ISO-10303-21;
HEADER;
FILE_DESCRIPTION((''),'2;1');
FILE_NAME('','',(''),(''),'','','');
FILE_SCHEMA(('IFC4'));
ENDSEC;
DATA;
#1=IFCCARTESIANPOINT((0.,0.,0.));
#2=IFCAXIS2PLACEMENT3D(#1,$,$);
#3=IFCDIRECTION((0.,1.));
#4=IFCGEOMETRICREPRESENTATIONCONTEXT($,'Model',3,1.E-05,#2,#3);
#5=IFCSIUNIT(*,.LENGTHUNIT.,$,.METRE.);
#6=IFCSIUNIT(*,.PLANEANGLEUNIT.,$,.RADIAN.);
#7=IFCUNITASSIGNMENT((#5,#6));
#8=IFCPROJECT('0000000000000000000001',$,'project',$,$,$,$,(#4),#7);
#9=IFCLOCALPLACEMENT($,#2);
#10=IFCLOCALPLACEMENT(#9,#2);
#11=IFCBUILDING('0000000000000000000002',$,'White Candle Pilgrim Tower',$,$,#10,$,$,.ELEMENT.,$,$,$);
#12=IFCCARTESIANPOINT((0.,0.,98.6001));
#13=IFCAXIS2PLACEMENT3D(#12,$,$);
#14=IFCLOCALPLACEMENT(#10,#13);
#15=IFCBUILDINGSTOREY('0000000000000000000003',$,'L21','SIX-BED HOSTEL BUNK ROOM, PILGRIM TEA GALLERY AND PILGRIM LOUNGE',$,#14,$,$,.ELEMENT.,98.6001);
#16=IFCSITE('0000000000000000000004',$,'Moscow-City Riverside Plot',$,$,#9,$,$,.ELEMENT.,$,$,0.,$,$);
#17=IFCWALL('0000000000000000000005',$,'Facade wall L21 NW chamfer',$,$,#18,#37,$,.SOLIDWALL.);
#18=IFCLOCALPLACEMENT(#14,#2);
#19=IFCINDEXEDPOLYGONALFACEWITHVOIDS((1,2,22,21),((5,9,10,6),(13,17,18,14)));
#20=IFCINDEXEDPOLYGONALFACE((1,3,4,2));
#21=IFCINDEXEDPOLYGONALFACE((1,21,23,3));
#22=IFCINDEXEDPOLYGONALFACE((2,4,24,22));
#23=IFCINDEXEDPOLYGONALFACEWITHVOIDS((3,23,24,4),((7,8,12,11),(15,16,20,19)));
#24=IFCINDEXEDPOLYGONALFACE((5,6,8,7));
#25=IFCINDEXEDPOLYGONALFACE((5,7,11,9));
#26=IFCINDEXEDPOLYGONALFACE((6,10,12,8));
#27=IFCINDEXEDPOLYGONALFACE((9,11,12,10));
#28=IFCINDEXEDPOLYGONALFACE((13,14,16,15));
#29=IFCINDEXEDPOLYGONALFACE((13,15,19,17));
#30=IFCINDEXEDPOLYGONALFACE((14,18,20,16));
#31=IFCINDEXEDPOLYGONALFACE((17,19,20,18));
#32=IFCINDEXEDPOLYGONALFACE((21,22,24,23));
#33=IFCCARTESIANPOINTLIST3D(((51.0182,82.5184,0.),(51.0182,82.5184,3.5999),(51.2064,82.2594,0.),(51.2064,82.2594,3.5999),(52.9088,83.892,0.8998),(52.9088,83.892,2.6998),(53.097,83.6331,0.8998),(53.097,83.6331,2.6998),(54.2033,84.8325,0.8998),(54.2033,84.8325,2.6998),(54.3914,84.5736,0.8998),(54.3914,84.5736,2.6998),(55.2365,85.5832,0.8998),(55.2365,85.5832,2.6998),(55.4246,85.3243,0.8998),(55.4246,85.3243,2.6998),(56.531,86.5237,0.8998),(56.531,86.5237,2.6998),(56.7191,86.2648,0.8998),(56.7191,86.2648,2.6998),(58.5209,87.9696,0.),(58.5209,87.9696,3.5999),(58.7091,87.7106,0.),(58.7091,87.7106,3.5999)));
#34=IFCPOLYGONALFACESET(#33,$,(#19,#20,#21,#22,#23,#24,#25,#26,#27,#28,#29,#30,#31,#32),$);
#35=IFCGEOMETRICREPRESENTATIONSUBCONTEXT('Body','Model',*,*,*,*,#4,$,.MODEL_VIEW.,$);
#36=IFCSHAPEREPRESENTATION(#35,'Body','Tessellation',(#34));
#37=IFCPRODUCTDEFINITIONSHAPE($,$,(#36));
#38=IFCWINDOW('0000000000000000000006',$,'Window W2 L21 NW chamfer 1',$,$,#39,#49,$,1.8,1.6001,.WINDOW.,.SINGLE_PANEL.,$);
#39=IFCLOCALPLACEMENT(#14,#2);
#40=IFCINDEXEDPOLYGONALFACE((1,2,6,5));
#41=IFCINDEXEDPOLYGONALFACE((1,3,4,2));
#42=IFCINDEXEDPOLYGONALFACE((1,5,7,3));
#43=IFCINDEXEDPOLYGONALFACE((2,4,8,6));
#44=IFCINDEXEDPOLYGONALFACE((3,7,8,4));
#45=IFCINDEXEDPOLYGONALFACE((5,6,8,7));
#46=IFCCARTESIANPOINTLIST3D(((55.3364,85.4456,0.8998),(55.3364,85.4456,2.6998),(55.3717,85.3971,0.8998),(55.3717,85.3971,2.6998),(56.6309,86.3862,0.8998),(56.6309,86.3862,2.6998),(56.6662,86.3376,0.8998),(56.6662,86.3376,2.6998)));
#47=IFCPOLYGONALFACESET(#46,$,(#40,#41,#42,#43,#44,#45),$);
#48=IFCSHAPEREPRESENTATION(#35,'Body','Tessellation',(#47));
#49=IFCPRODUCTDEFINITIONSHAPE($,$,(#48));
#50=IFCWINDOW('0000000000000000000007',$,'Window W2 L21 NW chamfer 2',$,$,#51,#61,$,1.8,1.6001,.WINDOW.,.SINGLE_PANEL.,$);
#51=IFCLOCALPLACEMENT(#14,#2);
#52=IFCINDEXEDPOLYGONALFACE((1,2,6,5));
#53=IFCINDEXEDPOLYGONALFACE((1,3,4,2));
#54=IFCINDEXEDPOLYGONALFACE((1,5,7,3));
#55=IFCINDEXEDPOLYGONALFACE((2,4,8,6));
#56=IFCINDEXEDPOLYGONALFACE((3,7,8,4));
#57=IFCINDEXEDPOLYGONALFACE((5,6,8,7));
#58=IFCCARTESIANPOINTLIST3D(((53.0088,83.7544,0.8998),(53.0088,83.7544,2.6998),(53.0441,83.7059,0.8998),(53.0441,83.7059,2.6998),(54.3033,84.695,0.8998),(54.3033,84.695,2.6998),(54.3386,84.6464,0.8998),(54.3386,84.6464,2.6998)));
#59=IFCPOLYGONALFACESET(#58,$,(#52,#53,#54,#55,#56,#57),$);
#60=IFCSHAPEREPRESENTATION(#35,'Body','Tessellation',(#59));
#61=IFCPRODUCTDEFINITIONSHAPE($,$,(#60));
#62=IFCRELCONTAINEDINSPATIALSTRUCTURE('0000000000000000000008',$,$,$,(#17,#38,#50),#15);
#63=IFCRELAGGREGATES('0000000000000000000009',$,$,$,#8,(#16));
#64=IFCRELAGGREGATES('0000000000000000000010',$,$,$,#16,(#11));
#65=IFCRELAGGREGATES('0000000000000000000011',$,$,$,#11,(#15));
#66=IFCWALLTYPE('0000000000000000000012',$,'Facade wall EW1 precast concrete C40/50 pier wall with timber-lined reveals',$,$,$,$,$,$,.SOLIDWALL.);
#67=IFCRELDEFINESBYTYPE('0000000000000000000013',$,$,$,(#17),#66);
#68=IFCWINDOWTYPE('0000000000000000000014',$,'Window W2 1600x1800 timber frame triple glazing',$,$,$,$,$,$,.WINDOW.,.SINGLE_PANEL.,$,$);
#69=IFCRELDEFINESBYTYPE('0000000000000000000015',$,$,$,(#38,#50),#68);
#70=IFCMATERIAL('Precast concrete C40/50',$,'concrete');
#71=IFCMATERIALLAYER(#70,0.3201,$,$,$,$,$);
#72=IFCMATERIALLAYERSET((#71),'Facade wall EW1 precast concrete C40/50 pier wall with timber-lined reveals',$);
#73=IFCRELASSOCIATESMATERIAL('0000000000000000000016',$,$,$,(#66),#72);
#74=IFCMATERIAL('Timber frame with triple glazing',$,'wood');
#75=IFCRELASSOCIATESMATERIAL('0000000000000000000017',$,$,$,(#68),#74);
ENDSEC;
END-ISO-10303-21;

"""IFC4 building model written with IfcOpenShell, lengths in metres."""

from ifc_helpers import new_model, si_unit, direction, frame, frame_2d, origin, place, context, subcontext, project, spatial, rectangle, extrude, material, layer, layer_set, type_object, element, fill, save


model = new_model("IFC4")

# Units and contexts
model_context = context("Model", 3, precision=1e-05, world=origin(), true_north=direction((0.0, 1.0)))
body_context = subcontext(model_context, "Body", "Model", "MODEL_VIEW")
ifc_project = project(units=[si_unit("LENGTHUNIT", "METRE"), si_unit("PLANEANGLEUNIT", "RADIAN")], contexts=[model_context])

# Site, building, storey
site_placement = place(None, origin())
site = spatial("IfcSite", under=ifc_project, at=site_placement, Name="Moscow-City Riverside Plot", CompositionType="ELEMENT", RefElevation=0.0)
building_placement = place(site_placement, origin())
building = spatial("IfcBuilding", under=site, at=building_placement, Name="White Candle Pilgrim Tower", CompositionType="ELEMENT")
storey_placement = place(building_placement, frame((0.0, 0.0, 98.6001)))
storey = spatial("IfcBuildingStorey", under=building, at=storey_placement, Name="L21", Description="SIX-BED HOSTEL BUNK ROOM, PILGRIM TEA GALLERY AND PILGRIM LOUNGE", CompositionType="ELEMENT", Elevation=98.6001)

# Wall, openings, windows
ifc_material_1 = material(Name="Precast concrete C40/50", Category="concrete")
ifc_layer_1 = layer(ifc_material_1, 0.3201)
ifc_layer_set_1 = layer_set([ifc_layer_1], Name="Facade wall EW1 precast concrete C40/50 pier wall with timber-lined reveals")
wall_type_1 = type_object("IfcWallType", Name="Facade wall EW1 precast concrete C40/50 pier wall with timber-lined reveals", PredefinedType="SOLIDWALL", material=ifc_layer_set_1)
wall_1_placement = place(storey_placement, frame((58.615, 87.8401, 0.0), z_axis=(0.0, 0.0, 1.0), x_axis=(-0.809009, -0.587796, 0.0)))
wall_1 = element("IfcWall", 1, at=wall_1_placement, inside=storey, type_object=wall_type_1, Name="Facade wall L21 NW chamfer", PredefinedType="SOLIDWALL", context=body_context, shape_type="SweptSolid", body=[
    extrude(rectangle(XDim=9.2739, YDim=0.3201, at=frame_2d((4.637, 0.0))), origin(), (0.0, 0.0, 1.0), 3.5999),
])
opening_1_placement = place(wall_1_placement, frame((2.4597, 0.0, 0.8999)))
opening_1 = element("IfcOpeningElement", 2, at=opening_1_placement, cuts=wall_1, PredefinedType="OPENING", context=body_context, shape_type="SweptSolid", body=[
    extrude(rectangle(XDim=1.6001, YDim=1.8, at=frame_2d((0.8, 0.8999))), frame((0.0, 0.1699, 0.0), z_axis=(0.0, -1.0, 0.0), x_axis=(1.0, 0.0, 0.0)), (0.0, 0.0, 1.0), 0.3401),
])
opening_2_placement = place(wall_1_placement, frame((5.3369, 0.0, 0.8999)))
opening_2 = element("IfcOpeningElement", 3, at=opening_2_placement, cuts=wall_1, PredefinedType="OPENING", context=body_context, shape_type="SweptSolid", body=[
    extrude(rectangle(XDim=1.6001, YDim=1.8, at=frame_2d((0.8, 0.8999))), frame((0.0, 0.1699, 0.0), z_axis=(0.0, -1.0, 0.0), x_axis=(1.0, 0.0, 0.0)), (0.0, 0.0, 1.0), 0.3401),
])
ifc_material_2 = material(Name="Timber frame with triple glazing", Category="wood")
window_type_1 = type_object("IfcWindowType", Name="Window W2 1600x1800 timber frame triple glazing", PartitioningType="SINGLE_PANEL", PredefinedType="WINDOW", material=ifc_material_2)
window_1_placement = place(opening_1_placement, origin())
window_1 = element("IfcWindow", 4, at=window_1_placement, inside=storey, type_object=window_type_1, Name="Window W2 L21 NW chamfer 1", OverallHeight=1.8, OverallWidth=1.6001, PartitioningType="SINGLE_PANEL", PredefinedType="WINDOW", context=body_context, shape_type="SweptSolid", body=[
    extrude(rectangle(XDim=1.6001, YDim=1.8, at=frame_2d((0.8, 0.8999))), frame((0.0, 0.0701, 0.0), z_axis=(0.0, -1.0, 0.0), x_axis=(1.0, 0.0, 0.0)), (0.0, 0.0, 1.0), 0.0601),
])
fill(opening_1, window_1)
window_2_placement = place(opening_2_placement, origin())
window_2 = element("IfcWindow", 5, at=window_2_placement, inside=storey, type_object=window_type_1, Name="Window W2 L21 NW chamfer 2", OverallHeight=1.8, OverallWidth=1.6001, PartitioningType="SINGLE_PANEL", PredefinedType="WINDOW", context=body_context, shape_type="SweptSolid", body=[
    extrude(rectangle(XDim=1.6001, YDim=1.8, at=frame_2d((0.8, 0.8999))), frame((0.0, 0.0701, 0.0), z_axis=(0.0, -1.0, 0.0), x_axis=(1.0, 0.0, 0.0)), (0.0, 0.0, 1.0), 0.0601),
])
fill(opening_2, window_2)

save(model, "model.ifc")
